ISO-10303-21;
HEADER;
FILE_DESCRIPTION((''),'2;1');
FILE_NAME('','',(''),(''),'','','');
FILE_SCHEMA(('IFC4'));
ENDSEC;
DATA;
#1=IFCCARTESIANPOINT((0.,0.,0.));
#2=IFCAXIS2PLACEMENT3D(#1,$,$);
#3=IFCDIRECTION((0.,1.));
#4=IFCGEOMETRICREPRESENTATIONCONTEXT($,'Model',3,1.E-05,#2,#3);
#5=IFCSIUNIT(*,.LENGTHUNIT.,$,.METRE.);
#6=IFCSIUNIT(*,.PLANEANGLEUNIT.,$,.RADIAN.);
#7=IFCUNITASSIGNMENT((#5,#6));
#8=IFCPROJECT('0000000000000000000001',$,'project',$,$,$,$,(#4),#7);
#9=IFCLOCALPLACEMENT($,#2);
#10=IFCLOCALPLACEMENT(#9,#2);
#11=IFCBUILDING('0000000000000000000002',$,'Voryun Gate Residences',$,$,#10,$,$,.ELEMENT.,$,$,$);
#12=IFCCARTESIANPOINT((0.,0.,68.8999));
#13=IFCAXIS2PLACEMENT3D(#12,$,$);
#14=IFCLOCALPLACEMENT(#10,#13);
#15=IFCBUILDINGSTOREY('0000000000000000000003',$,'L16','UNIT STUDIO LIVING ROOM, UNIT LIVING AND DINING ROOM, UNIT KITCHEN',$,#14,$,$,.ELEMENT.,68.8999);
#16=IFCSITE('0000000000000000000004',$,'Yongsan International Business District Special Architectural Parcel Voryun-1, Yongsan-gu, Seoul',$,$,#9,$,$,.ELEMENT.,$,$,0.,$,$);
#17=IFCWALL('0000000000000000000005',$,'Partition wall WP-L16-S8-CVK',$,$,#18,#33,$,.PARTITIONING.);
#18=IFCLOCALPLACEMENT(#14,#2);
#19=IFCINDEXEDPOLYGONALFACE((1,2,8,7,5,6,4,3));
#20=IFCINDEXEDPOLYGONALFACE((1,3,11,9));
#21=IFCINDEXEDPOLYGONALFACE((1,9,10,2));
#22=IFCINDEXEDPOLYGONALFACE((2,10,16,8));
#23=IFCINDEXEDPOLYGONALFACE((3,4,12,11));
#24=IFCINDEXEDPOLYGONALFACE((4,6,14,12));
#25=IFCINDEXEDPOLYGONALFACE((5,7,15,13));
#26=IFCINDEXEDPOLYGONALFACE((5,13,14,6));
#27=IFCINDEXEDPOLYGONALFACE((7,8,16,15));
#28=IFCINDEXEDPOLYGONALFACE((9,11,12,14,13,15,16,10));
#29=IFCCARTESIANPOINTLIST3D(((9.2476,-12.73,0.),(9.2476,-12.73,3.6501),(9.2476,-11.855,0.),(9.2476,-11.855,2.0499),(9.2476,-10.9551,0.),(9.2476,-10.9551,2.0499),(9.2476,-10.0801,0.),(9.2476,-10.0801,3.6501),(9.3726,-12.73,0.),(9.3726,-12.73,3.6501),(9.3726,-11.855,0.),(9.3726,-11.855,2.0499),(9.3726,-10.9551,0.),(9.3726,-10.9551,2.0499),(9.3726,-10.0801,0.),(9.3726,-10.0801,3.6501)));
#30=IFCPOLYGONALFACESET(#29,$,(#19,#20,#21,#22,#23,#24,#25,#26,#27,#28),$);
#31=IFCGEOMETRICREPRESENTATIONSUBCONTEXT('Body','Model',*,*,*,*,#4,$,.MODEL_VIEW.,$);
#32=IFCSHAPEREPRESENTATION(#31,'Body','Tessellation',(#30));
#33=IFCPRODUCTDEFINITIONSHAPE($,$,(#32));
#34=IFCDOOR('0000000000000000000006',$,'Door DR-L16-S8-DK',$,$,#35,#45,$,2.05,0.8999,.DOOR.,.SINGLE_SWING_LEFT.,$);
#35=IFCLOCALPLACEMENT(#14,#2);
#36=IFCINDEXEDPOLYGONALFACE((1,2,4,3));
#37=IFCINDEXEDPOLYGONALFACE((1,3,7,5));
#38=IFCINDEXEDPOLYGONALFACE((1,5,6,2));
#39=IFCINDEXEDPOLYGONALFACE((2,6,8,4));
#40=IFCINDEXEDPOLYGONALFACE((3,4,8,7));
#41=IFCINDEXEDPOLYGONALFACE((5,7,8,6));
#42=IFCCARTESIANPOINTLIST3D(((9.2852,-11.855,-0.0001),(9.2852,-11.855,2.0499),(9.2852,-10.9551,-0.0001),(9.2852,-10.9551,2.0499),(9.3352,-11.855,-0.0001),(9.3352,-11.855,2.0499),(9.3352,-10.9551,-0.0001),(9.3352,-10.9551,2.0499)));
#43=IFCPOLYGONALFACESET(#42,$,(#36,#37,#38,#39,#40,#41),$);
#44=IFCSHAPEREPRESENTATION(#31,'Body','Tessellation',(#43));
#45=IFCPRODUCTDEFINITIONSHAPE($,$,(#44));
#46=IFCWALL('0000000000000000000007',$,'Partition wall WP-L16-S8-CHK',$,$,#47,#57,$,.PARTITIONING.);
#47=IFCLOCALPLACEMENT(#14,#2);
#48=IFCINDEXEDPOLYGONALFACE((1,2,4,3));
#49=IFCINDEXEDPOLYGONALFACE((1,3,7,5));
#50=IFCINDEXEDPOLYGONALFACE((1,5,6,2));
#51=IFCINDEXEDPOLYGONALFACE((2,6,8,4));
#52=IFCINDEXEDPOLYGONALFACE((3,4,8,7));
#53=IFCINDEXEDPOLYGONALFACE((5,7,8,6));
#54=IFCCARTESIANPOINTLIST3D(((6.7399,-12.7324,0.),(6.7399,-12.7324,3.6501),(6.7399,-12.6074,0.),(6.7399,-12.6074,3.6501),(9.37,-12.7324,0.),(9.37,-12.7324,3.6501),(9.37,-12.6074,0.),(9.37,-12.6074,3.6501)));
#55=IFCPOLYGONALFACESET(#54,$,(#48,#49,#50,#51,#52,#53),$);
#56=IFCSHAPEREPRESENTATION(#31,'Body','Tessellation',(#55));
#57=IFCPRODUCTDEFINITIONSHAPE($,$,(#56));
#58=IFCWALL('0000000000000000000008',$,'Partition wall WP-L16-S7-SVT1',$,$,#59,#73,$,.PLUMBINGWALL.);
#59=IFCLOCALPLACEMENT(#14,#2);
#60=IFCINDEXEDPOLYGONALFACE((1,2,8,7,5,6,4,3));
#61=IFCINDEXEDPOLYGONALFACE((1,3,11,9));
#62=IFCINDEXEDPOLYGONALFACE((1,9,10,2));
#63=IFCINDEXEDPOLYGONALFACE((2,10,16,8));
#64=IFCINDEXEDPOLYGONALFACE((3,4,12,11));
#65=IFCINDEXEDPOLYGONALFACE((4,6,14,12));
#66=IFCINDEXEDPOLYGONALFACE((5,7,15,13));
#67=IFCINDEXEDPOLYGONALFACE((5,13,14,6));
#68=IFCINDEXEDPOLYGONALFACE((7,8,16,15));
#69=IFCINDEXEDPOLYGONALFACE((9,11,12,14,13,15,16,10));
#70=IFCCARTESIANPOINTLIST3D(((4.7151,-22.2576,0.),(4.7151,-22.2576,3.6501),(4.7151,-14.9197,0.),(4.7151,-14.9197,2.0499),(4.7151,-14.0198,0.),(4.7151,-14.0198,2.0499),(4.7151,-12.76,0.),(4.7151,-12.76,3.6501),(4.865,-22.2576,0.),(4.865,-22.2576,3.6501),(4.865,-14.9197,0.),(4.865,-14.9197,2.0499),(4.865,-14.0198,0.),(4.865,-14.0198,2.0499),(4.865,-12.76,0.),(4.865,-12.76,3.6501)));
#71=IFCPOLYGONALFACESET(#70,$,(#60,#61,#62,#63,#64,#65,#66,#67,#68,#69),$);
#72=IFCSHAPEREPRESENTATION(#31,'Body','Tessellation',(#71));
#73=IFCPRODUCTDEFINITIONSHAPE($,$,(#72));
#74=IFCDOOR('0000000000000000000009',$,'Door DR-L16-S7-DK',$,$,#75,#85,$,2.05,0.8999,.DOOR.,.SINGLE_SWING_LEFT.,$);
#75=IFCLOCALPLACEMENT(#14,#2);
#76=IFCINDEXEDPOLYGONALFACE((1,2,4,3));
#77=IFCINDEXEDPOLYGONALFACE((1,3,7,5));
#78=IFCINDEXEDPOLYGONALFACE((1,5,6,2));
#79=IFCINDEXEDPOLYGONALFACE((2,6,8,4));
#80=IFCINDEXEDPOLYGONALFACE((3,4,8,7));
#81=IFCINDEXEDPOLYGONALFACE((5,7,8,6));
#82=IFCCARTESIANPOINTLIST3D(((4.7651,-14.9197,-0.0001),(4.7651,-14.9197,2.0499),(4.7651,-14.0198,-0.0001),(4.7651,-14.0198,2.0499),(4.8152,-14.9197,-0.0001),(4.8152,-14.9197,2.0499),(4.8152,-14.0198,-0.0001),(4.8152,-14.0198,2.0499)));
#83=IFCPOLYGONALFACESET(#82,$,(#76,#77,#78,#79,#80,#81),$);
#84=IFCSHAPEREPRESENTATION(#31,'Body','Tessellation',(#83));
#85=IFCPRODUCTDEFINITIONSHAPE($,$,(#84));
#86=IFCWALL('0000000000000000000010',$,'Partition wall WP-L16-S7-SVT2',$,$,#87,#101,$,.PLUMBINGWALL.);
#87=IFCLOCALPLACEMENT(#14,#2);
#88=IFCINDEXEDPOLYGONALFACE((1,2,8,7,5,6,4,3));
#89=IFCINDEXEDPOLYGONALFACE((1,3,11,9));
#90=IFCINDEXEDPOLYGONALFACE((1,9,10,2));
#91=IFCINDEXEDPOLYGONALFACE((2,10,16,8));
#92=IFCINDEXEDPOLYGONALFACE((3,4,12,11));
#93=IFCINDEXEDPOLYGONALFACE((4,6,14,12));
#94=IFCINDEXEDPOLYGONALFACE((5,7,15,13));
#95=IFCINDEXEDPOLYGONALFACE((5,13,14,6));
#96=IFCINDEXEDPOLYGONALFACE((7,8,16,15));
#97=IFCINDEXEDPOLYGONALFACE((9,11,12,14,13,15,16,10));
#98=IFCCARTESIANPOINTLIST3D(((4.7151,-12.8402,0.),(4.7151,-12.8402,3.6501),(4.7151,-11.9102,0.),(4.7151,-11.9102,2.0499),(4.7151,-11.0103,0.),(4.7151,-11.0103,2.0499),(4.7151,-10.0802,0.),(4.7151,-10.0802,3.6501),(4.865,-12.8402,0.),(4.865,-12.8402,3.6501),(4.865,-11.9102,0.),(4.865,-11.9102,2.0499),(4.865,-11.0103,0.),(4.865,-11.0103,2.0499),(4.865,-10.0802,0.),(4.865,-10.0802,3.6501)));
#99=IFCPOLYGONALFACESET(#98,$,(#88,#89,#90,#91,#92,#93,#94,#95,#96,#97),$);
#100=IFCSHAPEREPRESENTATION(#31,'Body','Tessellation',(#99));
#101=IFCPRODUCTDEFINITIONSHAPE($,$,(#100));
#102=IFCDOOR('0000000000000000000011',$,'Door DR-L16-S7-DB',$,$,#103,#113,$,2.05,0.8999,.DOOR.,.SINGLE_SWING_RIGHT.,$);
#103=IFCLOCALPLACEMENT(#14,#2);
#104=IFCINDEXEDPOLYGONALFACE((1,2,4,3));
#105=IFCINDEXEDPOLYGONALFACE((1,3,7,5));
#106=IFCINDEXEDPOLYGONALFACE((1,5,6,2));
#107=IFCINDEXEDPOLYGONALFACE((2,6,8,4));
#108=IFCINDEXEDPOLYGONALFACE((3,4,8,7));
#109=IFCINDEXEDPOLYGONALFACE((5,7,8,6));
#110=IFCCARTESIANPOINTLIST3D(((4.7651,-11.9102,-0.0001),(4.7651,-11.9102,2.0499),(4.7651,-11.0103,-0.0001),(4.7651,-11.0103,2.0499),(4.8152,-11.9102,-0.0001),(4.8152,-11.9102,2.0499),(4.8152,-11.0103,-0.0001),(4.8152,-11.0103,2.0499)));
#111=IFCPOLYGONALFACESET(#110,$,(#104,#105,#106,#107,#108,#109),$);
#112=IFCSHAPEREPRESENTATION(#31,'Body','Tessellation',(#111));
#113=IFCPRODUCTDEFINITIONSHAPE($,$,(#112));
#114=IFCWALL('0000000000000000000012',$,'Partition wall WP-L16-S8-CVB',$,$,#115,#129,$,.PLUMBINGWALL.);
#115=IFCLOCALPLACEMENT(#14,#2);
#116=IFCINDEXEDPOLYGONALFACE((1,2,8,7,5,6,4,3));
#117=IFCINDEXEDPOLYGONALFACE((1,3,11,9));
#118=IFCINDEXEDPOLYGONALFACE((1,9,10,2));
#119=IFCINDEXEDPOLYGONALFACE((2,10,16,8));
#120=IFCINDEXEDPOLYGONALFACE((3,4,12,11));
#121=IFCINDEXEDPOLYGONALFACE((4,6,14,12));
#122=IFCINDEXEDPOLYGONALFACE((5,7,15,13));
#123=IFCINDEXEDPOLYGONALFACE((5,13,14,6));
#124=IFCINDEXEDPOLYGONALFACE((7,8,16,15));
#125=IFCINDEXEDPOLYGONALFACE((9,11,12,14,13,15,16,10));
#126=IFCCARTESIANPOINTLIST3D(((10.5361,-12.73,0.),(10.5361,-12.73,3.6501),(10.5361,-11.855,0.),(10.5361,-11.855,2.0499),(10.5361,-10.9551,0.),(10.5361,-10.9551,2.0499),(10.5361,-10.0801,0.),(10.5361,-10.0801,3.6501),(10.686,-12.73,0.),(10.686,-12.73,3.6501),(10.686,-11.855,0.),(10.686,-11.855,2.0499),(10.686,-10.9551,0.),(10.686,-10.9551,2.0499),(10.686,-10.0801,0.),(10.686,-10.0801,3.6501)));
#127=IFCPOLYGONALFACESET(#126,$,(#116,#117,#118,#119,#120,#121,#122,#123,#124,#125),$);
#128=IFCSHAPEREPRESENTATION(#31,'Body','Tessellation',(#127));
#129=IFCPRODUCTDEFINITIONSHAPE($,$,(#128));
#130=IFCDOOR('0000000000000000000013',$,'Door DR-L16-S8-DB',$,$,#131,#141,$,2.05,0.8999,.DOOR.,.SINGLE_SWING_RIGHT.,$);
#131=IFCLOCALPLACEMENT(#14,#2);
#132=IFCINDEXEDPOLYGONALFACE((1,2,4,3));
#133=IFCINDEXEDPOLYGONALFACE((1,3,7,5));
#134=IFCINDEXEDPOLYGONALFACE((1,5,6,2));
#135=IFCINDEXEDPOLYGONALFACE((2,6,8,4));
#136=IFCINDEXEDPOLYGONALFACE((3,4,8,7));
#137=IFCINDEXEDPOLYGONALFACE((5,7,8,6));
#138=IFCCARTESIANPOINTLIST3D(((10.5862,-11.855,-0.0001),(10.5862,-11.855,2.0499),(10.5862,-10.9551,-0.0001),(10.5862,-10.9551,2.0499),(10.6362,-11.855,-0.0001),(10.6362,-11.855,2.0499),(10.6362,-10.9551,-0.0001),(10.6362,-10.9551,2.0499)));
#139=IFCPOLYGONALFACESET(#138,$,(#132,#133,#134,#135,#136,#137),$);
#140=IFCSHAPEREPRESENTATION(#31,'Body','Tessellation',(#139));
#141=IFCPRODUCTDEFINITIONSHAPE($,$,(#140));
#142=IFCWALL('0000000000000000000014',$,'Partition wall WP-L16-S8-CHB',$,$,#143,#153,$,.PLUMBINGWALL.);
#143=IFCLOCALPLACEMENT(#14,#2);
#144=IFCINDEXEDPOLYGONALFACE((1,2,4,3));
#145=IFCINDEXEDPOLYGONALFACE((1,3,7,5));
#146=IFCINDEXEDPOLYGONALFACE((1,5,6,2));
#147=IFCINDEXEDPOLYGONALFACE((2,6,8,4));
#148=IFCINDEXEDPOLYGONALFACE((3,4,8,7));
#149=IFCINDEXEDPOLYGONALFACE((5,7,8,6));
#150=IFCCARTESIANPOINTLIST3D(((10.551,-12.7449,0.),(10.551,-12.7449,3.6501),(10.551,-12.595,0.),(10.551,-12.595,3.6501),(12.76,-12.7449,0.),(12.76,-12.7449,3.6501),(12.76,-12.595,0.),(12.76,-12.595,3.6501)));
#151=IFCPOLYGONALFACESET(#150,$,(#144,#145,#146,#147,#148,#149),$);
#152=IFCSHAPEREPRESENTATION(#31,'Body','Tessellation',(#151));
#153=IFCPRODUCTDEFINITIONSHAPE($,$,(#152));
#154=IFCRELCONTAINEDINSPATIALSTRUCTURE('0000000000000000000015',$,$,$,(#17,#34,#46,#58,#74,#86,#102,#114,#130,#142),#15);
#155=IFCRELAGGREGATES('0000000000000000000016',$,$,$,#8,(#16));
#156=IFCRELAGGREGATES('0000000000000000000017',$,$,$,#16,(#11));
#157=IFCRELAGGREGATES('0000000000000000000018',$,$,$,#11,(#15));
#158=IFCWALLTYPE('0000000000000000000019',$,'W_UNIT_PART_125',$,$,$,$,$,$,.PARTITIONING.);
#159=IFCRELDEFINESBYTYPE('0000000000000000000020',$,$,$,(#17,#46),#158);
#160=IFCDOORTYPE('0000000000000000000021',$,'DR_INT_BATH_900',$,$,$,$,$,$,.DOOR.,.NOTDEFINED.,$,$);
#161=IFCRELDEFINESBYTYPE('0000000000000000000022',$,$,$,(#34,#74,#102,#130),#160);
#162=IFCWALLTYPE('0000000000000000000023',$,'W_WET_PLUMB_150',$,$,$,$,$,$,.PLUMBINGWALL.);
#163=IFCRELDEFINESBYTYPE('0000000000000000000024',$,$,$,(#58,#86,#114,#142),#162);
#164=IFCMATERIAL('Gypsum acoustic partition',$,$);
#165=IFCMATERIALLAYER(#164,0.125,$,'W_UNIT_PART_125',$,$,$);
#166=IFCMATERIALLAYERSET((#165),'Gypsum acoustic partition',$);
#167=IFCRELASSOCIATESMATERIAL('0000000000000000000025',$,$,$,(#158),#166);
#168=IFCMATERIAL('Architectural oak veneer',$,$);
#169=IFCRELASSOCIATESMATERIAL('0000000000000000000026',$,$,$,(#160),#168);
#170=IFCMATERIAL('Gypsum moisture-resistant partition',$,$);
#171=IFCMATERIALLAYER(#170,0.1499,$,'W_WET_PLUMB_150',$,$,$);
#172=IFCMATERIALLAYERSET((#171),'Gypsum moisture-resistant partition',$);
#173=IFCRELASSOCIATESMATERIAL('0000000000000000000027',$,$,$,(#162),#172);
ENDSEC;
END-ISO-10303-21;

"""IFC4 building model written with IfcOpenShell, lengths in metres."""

from ifc_helpers import new_model, si_unit, direction, frame, frame_2d, origin, place, context, subcontext, project, spatial, rectangle, extrude, material, layer, layer_set, type_object, element, fill, save


model = new_model("IFC4")

# Units and contexts
model_context = context("Model", 3, precision=1e-05, world=origin(), true_north=direction((0.0, 1.0)))
body_context = subcontext(model_context, "Body", "Model", "MODEL_VIEW")
ifc_project = project(units=[si_unit("LENGTHUNIT", "METRE"), si_unit("PLANEANGLEUNIT", "RADIAN")], contexts=[model_context])

# Site, building, storey
site_placement = place(None, origin())
site = spatial("IfcSite", under=ifc_project, at=site_placement, Name="Yongsan International Business District Special Architectural Parcel Voryun-1, Yongsan-gu, Seoul", CompositionType="ELEMENT", RefElevation=0.0)
building_placement = place(site_placement, origin())
building = spatial("IfcBuilding", under=site, at=building_placement, Name="Voryun Gate Residences", CompositionType="ELEMENT")
storey_placement = place(building_placement, frame((0.0, 0.0, 68.8999)))
storey = spatial("IfcBuildingStorey", under=building, at=storey_placement, Name="L16", Description="UNIT STUDIO LIVING ROOM, UNIT LIVING AND DINING ROOM, UNIT KITCHEN", CompositionType="ELEMENT", Elevation=68.8999)

# Wall, opening, door
ifc_material_1 = material(Name="Gypsum acoustic partition")
ifc_layer_1 = layer(ifc_material_1, 0.125, Name="W_UNIT_PART_125")
ifc_layer_set_1 = layer_set([ifc_layer_1], Name="Gypsum acoustic partition")
wall_type_1 = type_object("IfcWallType", Name="W_UNIT_PART_125", PredefinedType="PARTITIONING", material=ifc_layer_set_1)
wall_1_placement = place(storey_placement, frame((9.3101, -12.73, 0.0), z_axis=(0.0, 0.0, 1.0), x_axis=(0.0, 1.0, 0.0)))
wall_1 = element("IfcWall", 1, at=wall_1_placement, inside=storey, type_object=wall_type_1, Name="Partition wall WP-L16-S8-CVK", PredefinedType="PARTITIONING", context=body_context, shape_type="SweptSolid", body=[
    extrude(rectangle(XDim=2.6499, YDim=0.125, at=frame_2d((1.325, 0.0))), origin(), (0.0, 0.0, 1.0), 3.6501),
])
opening_1_placement = place(wall_1_placement, frame((0.875, 0.0, 0.0)))
opening_1 = element("IfcOpeningElement", 2, at=opening_1_placement, cuts=wall_1, PredefinedType="OPENING", context=body_context, shape_type="SweptSolid", body=[
    extrude(rectangle(XDim=0.8999, YDim=2.05, at=frame_2d((0.45, 1.0249))), frame((0.0, 0.0725, 0.0), z_axis=(0.0, -1.0, 0.0), x_axis=(1.0, 0.0, 0.0)), (0.0, 0.0, 1.0), 0.145),
])
ifc_material_2 = material(Name="Architectural oak veneer")
door_type_1 = type_object("IfcDoorType", Name="DR_INT_BATH_900", OperationType="NOTDEFINED", PredefinedType="DOOR", material=ifc_material_2)
door_1_placement = place(opening_1_placement, origin())
door_1 = element("IfcDoor", 3, at=door_1_placement, inside=storey, type_object=door_type_1, Name="Door DR-L16-S8-DK", OperationType="SINGLE_SWING_LEFT", OverallHeight=2.05, OverallWidth=0.8999, PredefinedType="DOOR", context=body_context, shape_type="SweptSolid", body=[
    extrude(rectangle(XDim=0.8999, YDim=2.05, at=frame_2d((0.45, 1.0249))), frame((0.0, 0.0249, 0.0), z_axis=(0.0, -1.0, 0.0), x_axis=(1.0, 0.0, 0.0)), (0.0, 0.0, 1.0), 0.05),
])
fill(opening_1, door_1)

# Wall
wall_2_placement = place(storey_placement, frame((6.74, -12.6699, 0.0), z_axis=(0.0, 0.0, 1.0), x_axis=(1.0, 0.0, 0.0)))
element("IfcWall", 4, at=wall_2_placement, inside=storey, type_object=wall_type_1, Name="Partition wall WP-L16-S8-CHK", PredefinedType="PARTITIONING", context=body_context, shape_type="SweptSolid", body=[
    extrude(rectangle(XDim=2.6301, YDim=0.125, at=frame_2d((1.3149, 0.0))), origin(), (0.0, 0.0, 1.0), 3.6501),
])

# Walls, openings, doors
ifc_material_3 = material(Name="Gypsum moisture-resistant partition")
ifc_layer_2 = layer(ifc_material_3, 0.1499, Name="W_WET_PLUMB_150")
ifc_layer_set_2 = layer_set([ifc_layer_2], Name="Gypsum moisture-resistant partition")
wall_type_2 = type_object("IfcWallType", Name="W_WET_PLUMB_150", PredefinedType="PLUMBINGWALL", material=ifc_layer_set_2)
wall_3_placement = place(storey_placement, frame((4.79, -22.2576, 0.0), z_axis=(0.0, 0.0, 1.0), x_axis=(0.0, 1.0, 0.0)))
wall_3 = element("IfcWall", 5, at=wall_3_placement, inside=storey, type_object=wall_type_2, Name="Partition wall WP-L16-S7-SVT1", PredefinedType="PLUMBINGWALL", context=body_context, shape_type="SweptSolid", body=[
    extrude(rectangle(XDim=9.4976, YDim=0.1499, at=frame_2d((4.7488, 0.0))), origin(), (0.0, 0.0, 1.0), 3.6501),
])
opening_2_placement = place(wall_3_placement, frame((7.3379, 0.0, 0.0)))
opening_2 = element("IfcOpeningElement", 6, at=opening_2_placement, cuts=wall_3, PredefinedType="OPENING", context=body_context, shape_type="SweptSolid", body=[
    extrude(rectangle(XDim=0.8999, YDim=2.05, at=frame_2d((0.45, 1.0249))), frame((0.0, 0.085, 0.0), z_axis=(0.0, -1.0, 0.0), x_axis=(1.0, 0.0, 0.0)), (0.0, 0.0, 1.0), 0.1699),
])
door_2_placement = place(opening_2_placement, origin())
door_2 = element("IfcDoor", 7, at=door_2_placement, inside=storey, type_object=door_type_1, Name="Door DR-L16-S7-DK", OperationType="SINGLE_SWING_LEFT", OverallHeight=2.05, OverallWidth=0.8999, PredefinedType="DOOR", context=body_context, shape_type="SweptSolid", body=[
    extrude(rectangle(XDim=0.8999, YDim=2.05, at=frame_2d((0.45, 1.0249))), frame((0.0, 0.0249, 0.0), z_axis=(0.0, -1.0, 0.0), x_axis=(1.0, 0.0, 0.0)), (0.0, 0.0, 1.0), 0.05),
])
fill(opening_2, door_2)
wall_4_placement = place(storey_placement, frame((4.79, -12.8401, 0.0), z_axis=(0.0, 0.0, 1.0), x_axis=(0.0, 1.0, 0.0)))
wall_4 = element("IfcWall", 8, at=wall_4_placement, inside=storey, type_object=wall_type_2, Name="Partition wall WP-L16-S7-SVT2", PredefinedType="PLUMBINGWALL", context=body_context, shape_type="SweptSolid", body=[
    extrude(rectangle(XDim=2.76, YDim=0.1499, at=frame_2d((1.3799, 0.0))), origin(), (0.0, 0.0, 1.0), 3.6501),
])
opening_3_placement = place(wall_4_placement, frame((0.9299, 0.0, 0.0)))
opening_3 = element("IfcOpeningElement", 9, at=opening_3_placement, cuts=wall_4, PredefinedType="OPENING", context=body_context, shape_type="SweptSolid", body=[
    extrude(rectangle(XDim=0.8999, YDim=2.05, at=frame_2d((0.45, 1.0249))), frame((0.0, 0.085, 0.0), z_axis=(0.0, -1.0, 0.0), x_axis=(1.0, 0.0, 0.0)), (0.0, 0.0, 1.0), 0.1699),
])
door_3_placement = place(opening_3_placement, origin())
door_3 = element("IfcDoor", 10, at=door_3_placement, inside=storey, type_object=door_type_1, Name="Door DR-L16-S7-DB", OperationType="SINGLE_SWING_RIGHT", OverallHeight=2.05, OverallWidth=0.8999, PredefinedType="DOOR", context=body_context, shape_type="SweptSolid", body=[
    extrude(rectangle(XDim=0.8999, YDim=2.05, at=frame_2d((0.45, 1.0249))), frame((0.0, 0.0249, 0.0), z_axis=(0.0, -1.0, 0.0), x_axis=(1.0, 0.0, 0.0)), (0.0, 0.0, 1.0), 0.05),
])
fill(opening_3, door_3)
wall_5_placement = place(storey_placement, frame((10.6111, -12.73, 0.0), z_axis=(0.0, 0.0, 1.0), x_axis=(0.0, 1.0, 0.0)))
wall_5 = element("IfcWall", 11, at=wall_5_placement, inside=storey, type_object=wall_type_2, Name="Partition wall WP-L16-S8-CVB", PredefinedType="PLUMBINGWALL", context=body_context, shape_type="SweptSolid", body=[
    extrude(rectangle(XDim=2.6499, YDim=0.1499, at=frame_2d((1.325, 0.0))), origin(), (0.0, 0.0, 1.0), 3.6501),
])
opening_4_placement = place(wall_5_placement, frame((0.875, 0.0, 0.0)))
opening_4 = element("IfcOpeningElement", 12, at=opening_4_placement, cuts=wall_5, PredefinedType="OPENING", context=body_context, shape_type="SweptSolid", body=[
    extrude(rectangle(XDim=0.8999, YDim=2.05, at=frame_2d((0.45, 1.0249))), frame((0.0, 0.085, 0.0), z_axis=(0.0, -1.0, 0.0), x_axis=(1.0, 0.0, 0.0)), (0.0, 0.0, 1.0), 0.1699),
])
door_4_placement = place(opening_4_placement, origin())
door_4 = element("IfcDoor", 13, at=door_4_placement, inside=storey, type_object=door_type_1, Name="Door DR-L16-S8-DB", OperationType="SINGLE_SWING_RIGHT", OverallHeight=2.05, OverallWidth=0.8999, PredefinedType="DOOR", context=body_context, shape_type="SweptSolid", body=[
    extrude(rectangle(XDim=0.8999, YDim=2.05, at=frame_2d((0.45, 1.0249))), frame((0.0, 0.0249, 0.0), z_axis=(0.0, -1.0, 0.0), x_axis=(1.0, 0.0, 0.0)), (0.0, 0.0, 1.0), 0.05),
])
fill(opening_4, door_4)

# Wall
wall_6_placement = place(storey_placement, frame((10.551, -12.6699, 0.0), z_axis=(0.0, 0.0, 1.0), x_axis=(1.0, 0.0, 0.0)))
element("IfcWall", 14, at=wall_6_placement, inside=storey, type_object=wall_type_2, Name="Partition wall WP-L16-S8-CHB", PredefinedType="PLUMBINGWALL", context=body_context, shape_type="SweptSolid", body=[
    extrude(rectangle(XDim=2.209, YDim=0.1499, at=frame_2d((1.1045, 0.0))), origin(), (0.0, 0.0, 1.0), 3.6501),
])

save(model, "model.ifc")
